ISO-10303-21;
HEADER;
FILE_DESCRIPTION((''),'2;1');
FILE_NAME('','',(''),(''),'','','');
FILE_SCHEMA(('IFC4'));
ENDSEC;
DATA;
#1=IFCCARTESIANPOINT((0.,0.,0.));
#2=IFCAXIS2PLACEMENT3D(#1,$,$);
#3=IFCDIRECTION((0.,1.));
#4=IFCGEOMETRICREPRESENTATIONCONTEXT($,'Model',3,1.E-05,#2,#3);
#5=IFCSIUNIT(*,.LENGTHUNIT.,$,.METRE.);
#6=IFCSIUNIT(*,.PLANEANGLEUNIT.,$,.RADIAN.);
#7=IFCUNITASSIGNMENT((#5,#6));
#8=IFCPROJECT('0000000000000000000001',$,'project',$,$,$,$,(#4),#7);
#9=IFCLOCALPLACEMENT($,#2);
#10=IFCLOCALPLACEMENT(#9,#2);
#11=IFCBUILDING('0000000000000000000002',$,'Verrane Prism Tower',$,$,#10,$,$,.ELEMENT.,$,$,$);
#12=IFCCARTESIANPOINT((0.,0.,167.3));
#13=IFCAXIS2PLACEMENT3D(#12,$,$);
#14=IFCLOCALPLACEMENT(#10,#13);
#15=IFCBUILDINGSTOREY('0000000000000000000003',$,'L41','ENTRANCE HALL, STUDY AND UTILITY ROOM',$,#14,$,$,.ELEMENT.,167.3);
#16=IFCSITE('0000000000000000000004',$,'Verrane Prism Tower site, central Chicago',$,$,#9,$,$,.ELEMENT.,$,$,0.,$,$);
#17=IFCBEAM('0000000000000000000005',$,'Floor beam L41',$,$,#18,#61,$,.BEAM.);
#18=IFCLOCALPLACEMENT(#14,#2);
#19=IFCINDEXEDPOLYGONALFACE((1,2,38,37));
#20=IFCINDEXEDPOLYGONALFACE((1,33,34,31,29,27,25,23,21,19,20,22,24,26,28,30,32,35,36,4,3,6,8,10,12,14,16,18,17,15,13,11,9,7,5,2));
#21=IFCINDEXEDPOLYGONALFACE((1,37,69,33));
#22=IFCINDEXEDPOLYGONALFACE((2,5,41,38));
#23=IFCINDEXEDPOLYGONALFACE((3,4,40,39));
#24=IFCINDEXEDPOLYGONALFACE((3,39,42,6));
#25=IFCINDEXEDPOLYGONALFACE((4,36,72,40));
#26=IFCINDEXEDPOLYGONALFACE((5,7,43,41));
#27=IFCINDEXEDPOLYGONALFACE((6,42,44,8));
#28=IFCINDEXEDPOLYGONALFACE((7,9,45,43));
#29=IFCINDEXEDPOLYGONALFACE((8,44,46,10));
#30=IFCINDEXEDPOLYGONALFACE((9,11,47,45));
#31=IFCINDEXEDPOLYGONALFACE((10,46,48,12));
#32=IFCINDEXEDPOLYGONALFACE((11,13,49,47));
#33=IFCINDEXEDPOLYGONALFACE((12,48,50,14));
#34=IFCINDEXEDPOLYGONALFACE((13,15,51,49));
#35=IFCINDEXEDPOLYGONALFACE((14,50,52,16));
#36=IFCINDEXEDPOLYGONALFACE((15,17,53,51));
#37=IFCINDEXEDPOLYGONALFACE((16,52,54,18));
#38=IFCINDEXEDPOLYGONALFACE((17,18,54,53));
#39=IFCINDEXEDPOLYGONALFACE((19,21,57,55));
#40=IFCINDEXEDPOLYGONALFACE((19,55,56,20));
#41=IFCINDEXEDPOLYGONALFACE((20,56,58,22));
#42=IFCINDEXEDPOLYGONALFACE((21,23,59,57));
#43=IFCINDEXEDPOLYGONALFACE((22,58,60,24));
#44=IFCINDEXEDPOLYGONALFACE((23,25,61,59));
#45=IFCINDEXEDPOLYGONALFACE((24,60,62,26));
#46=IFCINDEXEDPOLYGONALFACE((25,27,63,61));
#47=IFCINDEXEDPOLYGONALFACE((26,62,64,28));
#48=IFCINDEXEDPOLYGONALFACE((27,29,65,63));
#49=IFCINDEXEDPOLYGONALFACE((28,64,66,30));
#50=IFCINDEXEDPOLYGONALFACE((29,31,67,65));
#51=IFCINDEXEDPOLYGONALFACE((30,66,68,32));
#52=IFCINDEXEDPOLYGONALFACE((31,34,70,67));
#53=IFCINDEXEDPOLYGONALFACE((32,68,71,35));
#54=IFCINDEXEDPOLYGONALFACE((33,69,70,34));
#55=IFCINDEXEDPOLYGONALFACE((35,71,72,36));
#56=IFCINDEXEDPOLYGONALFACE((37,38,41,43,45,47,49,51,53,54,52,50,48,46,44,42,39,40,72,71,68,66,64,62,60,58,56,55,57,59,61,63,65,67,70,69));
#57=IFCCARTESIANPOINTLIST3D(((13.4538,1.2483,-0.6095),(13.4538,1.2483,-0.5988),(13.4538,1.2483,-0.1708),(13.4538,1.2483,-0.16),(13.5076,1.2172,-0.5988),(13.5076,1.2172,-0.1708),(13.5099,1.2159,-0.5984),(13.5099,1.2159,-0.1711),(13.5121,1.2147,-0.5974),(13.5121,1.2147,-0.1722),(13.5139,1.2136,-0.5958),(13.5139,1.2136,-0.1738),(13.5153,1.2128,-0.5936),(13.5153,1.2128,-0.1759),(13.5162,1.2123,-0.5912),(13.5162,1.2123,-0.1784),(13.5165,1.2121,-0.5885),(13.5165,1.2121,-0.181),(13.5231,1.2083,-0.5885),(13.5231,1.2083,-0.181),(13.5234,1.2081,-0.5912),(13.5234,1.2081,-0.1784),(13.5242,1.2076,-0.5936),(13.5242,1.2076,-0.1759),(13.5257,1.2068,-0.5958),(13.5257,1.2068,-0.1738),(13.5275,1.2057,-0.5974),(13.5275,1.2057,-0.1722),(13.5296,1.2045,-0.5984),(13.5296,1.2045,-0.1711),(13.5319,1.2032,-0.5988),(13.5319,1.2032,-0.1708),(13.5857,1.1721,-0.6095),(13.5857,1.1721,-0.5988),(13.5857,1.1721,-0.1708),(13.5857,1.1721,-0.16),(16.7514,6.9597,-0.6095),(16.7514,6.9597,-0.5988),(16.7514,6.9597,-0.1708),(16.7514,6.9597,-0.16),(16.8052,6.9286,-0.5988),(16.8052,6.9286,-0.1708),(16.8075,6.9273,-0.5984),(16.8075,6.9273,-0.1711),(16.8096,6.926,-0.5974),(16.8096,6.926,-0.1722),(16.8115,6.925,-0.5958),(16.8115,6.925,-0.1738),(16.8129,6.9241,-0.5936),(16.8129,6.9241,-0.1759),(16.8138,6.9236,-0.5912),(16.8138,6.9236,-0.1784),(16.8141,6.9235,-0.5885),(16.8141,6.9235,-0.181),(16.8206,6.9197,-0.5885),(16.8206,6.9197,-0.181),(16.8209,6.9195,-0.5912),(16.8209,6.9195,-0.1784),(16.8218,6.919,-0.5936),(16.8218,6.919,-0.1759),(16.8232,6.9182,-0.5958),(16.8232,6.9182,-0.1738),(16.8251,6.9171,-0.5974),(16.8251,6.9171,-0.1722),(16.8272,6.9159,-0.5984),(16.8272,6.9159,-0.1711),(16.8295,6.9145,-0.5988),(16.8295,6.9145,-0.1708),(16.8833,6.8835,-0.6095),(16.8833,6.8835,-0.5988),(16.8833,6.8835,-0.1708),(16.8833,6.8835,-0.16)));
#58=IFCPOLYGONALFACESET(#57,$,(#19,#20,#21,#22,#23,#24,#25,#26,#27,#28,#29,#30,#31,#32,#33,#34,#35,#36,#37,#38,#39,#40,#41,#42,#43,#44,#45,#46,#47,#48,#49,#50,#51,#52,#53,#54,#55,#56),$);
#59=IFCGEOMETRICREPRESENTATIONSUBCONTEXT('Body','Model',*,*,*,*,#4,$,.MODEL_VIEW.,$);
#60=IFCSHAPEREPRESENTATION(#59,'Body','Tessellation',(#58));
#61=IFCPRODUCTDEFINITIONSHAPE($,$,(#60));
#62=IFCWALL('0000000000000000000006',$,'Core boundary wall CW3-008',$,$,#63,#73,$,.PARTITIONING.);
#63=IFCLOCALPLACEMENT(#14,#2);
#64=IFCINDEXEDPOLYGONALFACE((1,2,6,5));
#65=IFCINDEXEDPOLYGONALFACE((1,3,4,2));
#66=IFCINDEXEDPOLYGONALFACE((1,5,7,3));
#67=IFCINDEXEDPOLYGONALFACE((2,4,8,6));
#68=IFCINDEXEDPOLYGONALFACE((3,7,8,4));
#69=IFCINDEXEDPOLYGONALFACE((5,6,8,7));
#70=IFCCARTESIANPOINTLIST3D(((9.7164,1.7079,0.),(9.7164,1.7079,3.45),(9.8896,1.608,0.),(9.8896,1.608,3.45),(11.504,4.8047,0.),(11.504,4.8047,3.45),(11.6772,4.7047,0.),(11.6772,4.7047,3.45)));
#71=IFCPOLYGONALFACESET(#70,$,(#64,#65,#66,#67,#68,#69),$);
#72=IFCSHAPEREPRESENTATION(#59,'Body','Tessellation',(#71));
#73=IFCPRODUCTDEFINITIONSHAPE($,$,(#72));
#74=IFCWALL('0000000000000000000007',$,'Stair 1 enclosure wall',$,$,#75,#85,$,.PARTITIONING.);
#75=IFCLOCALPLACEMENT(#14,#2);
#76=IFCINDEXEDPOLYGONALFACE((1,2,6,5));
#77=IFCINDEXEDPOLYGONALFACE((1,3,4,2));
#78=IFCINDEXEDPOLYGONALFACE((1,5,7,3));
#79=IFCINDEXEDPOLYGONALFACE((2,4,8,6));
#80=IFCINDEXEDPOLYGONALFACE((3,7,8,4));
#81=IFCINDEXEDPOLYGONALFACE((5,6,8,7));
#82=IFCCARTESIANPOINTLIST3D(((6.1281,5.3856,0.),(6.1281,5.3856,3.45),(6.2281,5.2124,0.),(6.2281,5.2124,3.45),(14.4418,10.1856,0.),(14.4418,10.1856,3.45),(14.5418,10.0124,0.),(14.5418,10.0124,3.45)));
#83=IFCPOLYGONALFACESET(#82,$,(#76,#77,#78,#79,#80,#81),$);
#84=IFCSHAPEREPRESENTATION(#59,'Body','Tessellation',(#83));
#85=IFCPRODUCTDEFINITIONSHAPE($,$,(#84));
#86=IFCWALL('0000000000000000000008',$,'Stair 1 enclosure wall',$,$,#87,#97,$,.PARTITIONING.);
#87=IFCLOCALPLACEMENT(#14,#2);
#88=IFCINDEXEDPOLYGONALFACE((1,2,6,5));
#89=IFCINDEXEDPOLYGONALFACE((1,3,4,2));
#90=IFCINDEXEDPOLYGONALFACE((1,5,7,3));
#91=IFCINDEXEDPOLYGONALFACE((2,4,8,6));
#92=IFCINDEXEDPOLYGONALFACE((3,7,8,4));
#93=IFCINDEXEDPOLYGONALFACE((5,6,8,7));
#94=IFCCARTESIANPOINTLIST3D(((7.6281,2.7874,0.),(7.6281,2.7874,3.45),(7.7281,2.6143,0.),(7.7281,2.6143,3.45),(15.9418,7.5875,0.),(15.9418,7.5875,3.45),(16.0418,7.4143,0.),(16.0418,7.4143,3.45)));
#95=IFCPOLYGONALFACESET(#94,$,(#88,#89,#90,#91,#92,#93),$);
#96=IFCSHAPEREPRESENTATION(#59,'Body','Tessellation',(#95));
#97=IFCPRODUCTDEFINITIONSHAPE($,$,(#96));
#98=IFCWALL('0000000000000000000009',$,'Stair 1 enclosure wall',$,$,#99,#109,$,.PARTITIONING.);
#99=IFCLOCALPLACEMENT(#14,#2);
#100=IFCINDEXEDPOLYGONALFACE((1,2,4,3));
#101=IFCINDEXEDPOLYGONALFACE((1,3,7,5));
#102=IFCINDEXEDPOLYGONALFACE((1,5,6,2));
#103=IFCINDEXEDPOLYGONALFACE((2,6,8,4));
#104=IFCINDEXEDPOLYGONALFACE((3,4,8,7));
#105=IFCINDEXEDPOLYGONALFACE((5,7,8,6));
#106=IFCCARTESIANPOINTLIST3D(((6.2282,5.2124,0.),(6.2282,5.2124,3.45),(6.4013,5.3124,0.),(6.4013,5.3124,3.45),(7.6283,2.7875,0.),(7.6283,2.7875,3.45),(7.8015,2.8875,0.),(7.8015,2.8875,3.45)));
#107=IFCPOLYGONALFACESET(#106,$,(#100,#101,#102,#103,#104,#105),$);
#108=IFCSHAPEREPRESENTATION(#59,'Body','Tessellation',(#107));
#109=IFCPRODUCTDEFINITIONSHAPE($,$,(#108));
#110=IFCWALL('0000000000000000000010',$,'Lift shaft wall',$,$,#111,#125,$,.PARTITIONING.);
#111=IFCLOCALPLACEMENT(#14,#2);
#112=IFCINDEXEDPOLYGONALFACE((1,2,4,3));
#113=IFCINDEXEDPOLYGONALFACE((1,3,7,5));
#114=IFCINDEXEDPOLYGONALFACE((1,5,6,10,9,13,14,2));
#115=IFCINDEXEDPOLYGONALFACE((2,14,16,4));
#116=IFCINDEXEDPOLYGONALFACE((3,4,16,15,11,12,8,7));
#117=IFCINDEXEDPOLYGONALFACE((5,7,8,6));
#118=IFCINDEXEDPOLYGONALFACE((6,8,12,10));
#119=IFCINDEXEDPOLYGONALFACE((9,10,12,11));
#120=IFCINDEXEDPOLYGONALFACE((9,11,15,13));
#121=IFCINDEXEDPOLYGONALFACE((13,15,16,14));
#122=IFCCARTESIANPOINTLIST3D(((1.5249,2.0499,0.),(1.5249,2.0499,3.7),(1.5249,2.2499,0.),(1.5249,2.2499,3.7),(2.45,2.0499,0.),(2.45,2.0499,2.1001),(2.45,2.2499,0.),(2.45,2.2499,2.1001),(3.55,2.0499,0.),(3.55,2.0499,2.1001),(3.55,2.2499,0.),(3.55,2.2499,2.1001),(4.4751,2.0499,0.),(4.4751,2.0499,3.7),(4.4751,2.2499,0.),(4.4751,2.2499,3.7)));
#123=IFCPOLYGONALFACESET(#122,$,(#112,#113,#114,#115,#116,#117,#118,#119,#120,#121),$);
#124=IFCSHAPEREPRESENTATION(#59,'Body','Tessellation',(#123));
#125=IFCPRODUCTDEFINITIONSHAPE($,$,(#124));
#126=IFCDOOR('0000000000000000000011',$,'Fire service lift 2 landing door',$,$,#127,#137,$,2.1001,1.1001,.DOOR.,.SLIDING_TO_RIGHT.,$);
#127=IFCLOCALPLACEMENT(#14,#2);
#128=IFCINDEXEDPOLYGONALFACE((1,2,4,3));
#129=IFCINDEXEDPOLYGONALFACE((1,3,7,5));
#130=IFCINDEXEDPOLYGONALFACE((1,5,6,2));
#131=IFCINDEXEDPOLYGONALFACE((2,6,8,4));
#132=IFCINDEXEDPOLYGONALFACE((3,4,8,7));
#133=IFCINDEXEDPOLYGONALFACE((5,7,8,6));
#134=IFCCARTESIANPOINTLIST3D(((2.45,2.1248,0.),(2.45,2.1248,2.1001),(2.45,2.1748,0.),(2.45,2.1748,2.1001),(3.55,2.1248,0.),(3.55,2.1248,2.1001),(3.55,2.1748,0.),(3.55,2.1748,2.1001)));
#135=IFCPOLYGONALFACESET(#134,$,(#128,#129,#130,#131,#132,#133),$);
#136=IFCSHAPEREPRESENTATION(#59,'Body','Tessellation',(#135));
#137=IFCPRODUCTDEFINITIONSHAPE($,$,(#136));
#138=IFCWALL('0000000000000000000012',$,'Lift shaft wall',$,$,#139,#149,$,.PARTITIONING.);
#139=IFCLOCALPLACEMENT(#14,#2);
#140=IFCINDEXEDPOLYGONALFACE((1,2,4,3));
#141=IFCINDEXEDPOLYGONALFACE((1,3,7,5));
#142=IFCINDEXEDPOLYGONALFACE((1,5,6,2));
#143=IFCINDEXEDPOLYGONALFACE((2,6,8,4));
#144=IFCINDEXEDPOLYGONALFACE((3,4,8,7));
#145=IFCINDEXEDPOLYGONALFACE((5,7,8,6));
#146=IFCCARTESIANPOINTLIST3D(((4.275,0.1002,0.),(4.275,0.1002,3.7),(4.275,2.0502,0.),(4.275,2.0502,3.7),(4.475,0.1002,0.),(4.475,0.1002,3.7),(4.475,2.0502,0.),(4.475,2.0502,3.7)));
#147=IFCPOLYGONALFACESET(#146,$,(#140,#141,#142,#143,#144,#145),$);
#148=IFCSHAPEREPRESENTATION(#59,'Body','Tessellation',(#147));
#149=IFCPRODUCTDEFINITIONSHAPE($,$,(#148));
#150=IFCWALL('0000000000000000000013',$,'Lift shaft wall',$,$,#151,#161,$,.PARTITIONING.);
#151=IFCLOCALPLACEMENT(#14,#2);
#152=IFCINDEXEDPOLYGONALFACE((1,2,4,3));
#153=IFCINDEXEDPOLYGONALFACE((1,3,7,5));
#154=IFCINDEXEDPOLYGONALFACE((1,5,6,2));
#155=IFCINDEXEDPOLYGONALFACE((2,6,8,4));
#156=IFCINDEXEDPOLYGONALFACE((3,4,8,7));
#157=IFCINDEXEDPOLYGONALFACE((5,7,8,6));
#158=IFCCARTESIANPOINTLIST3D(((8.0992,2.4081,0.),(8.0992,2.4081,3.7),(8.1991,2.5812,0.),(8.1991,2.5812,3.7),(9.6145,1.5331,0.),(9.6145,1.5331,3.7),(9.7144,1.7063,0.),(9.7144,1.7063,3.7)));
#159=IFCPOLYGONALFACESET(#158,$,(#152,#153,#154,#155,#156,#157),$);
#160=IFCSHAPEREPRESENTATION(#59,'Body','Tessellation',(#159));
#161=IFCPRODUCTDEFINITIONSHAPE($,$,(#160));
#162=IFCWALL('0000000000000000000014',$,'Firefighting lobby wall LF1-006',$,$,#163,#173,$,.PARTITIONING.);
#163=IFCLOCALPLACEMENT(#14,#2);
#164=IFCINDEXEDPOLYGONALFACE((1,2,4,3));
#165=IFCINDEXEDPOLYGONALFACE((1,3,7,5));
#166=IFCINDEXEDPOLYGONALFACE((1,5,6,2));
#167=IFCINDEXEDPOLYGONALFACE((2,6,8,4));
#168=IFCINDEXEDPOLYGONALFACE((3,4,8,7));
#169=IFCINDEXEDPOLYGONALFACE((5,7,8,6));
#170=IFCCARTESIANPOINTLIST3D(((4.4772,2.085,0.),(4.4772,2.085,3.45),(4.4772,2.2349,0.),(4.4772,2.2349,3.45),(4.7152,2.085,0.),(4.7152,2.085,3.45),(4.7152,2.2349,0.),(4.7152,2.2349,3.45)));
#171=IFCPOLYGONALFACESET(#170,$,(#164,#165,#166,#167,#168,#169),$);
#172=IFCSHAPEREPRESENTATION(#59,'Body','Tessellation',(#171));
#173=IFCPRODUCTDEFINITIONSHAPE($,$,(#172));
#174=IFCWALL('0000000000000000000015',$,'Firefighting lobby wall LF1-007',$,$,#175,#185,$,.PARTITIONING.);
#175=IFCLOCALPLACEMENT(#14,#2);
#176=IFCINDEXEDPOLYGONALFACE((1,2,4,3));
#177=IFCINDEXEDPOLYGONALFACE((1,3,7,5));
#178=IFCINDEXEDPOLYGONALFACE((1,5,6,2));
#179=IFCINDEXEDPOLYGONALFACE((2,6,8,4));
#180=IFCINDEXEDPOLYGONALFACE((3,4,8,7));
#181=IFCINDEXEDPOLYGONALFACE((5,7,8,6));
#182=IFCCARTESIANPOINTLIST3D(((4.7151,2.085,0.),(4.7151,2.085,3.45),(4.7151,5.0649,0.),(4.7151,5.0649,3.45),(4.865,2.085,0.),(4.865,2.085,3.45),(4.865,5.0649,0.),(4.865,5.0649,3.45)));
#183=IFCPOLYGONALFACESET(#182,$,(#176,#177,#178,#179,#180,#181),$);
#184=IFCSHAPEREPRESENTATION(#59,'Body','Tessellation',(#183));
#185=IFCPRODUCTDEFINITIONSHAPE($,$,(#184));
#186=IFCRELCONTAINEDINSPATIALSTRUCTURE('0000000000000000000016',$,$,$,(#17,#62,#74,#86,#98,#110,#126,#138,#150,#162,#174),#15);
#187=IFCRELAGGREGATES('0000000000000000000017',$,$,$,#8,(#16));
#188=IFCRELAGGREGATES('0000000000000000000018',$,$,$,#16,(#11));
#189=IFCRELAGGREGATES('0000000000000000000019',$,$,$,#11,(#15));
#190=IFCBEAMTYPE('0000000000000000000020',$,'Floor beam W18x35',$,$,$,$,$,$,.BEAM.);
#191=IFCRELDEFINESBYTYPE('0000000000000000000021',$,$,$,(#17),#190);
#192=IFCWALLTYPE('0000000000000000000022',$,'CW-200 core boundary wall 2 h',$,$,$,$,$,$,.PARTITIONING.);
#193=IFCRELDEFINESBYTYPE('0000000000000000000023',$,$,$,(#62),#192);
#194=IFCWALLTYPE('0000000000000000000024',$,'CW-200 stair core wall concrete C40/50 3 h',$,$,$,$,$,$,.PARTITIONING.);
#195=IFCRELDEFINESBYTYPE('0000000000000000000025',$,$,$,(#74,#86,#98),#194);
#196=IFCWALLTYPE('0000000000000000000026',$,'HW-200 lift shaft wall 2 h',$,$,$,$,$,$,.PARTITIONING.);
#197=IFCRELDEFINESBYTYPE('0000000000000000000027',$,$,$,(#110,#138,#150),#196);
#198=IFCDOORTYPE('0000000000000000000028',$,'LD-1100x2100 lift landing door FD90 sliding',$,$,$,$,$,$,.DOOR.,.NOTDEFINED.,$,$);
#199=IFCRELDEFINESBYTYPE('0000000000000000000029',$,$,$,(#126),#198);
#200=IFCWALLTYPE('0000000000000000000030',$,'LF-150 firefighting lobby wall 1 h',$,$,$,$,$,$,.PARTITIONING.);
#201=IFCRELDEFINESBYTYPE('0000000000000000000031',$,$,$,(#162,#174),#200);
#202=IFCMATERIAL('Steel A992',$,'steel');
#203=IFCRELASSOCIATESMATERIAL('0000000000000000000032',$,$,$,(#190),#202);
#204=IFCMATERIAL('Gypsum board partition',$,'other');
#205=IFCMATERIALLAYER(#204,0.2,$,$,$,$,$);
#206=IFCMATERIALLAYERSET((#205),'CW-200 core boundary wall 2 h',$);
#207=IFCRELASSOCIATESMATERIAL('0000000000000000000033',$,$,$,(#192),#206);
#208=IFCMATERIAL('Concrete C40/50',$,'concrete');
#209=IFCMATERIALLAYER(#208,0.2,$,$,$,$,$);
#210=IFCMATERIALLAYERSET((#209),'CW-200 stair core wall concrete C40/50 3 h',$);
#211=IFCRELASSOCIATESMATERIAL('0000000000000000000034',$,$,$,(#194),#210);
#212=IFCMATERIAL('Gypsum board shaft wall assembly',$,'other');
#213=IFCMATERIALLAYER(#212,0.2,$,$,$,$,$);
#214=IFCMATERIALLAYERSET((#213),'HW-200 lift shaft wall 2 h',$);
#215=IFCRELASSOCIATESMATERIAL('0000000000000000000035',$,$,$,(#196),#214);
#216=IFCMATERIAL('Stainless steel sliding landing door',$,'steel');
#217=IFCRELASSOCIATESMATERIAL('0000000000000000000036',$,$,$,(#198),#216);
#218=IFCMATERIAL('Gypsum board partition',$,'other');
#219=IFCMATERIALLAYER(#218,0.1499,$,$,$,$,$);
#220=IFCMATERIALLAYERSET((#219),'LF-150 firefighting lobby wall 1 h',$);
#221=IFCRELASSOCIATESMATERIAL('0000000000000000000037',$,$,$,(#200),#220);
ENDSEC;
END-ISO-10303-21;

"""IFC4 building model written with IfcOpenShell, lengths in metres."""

from ifc_helpers import new_model, si_unit, direction, frame, frame_2d, origin, origin_2d, place, context, subcontext, project, spatial, rectangle, i_section, extrude, material, layer, layer_set, material_profile, profile_set, type_object, element, fill, save


model = new_model("IFC4")

# Units and contexts
model_context = context("Model", 3, precision=1e-05, world=origin(), true_north=direction((0.0, 1.0)))
body_context = subcontext(model_context, "Body", "Model", "MODEL_VIEW")
ifc_project = project(units=[si_unit("LENGTHUNIT", "METRE"), si_unit("PLANEANGLEUNIT", "RADIAN")], contexts=[model_context])

# Site, building, storey
site_placement = place(None, origin())
site = spatial("IfcSite", under=ifc_project, at=site_placement, Name="Verrane Prism Tower site, central Chicago", CompositionType="ELEMENT", RefElevation=0.0)
building_placement = place(site_placement, origin())
building = spatial("IfcBuilding", under=site, at=building_placement, Name="Verrane Prism Tower", CompositionType="ELEMENT")
storey_placement = place(building_placement, frame((0.0, 0.0, 167.3)))
storey = spatial("IfcBuildingStorey", under=building, at=storey_placement, Name="L41", Description="ENTRANCE HALL, STUDY AND UTILITY ROOM", CompositionType="ELEMENT", Elevation=167.3)

# Beam
ifc_material_1 = material(Name="Steel A992", Category="steel")
ifc_material_profile_1 = material_profile(ifc_material_1, i_section(OverallWidth=0.1523, OverallDepth=0.4495, WebThickness=0.0076, FlangeThickness=0.0107, FilletRadius=0.0103, at=origin_2d()), Name="W18x35")
ifc_profile_set_1 = profile_set([ifc_material_profile_1], Name="Steel A992")
beam_type_1 = type_object("IfcBeamType", Name="Floor beam W18x35", PredefinedType="BEAM", material=ifc_profile_set_1)
beam_1_placement = place(storey_placement, frame((13.5198, 1.2102, -0.3848), z_axis=(0.500013, 0.866018, 0.0), x_axis=(-0.866018, 0.500013, 0.0)))
element("IfcBeam", 1, at=beam_1_placement, inside=storey, type_object=beam_type_1, Name="Floor beam L41", PredefinedType="BEAM", context=body_context, shape_type="SweptSolid", body=[
    extrude(i_section(OverallWidth=0.1523, OverallDepth=0.4495, WebThickness=0.0076, FlangeThickness=0.0107, FilletRadius=0.0103, at=origin_2d()), origin(), (0.0, 0.0, 1.0), 6.595),
])

# Walls
ifc_material_2 = material(Name="Gypsum board partition", Category="other")
ifc_layer_1 = layer(ifc_material_2, 0.2)
ifc_layer_set_1 = layer_set([ifc_layer_1], Name="CW-200 core boundary wall 2 h")
wall_type_1 = type_object("IfcWallType", Name="CW-200 core boundary wall 2 h", PredefinedType="PARTITIONING", material=ifc_layer_set_1)
wall_1_placement = place(storey_placement, frame((9.803, 1.658, 0.0), z_axis=(0.0, 0.0, 1.0), x_axis=(0.499943, 0.866058, 0.0)))
element("IfcWall", 2, at=wall_1_placement, inside=storey, type_object=wall_type_1, Name="Core boundary wall CW3-008", PredefinedType="PARTITIONING", context=body_context, shape_type="SweptSolid", body=[
    extrude(rectangle(XDim=3.5757, YDim=0.2, at=frame_2d((1.7878, 0.0))), origin(), (0.0, 0.0, 1.0), 3.45),
])
ifc_material_3 = material(Name="Concrete C40/50", Category="concrete")
ifc_layer_2 = layer(ifc_material_3, 0.2)
ifc_layer_set_2 = layer_set([ifc_layer_2], Name="CW-200 stair core wall concrete C40/50 3 h")
wall_type_2 = type_object("IfcWallType", Name="CW-200 stair core wall concrete C40/50 3 h", PredefinedType="PARTITIONING", material=ifc_layer_set_2)
for number, where, z_axis, x_axis, name in (
    (3, (6.1782, 5.2991, 0.0), (0.0, 0.0, 1.0), (0.86602, 0.500009, 0.0), "Stair 1 enclosure wall"),
    (4, (7.6782, 2.7009, 0.0), (0.0, 0.0, 1.0), (0.86602, 0.500009, 0.0), "Stair 1 enclosure wall"),
):
    element("IfcWall", number, at=place(storey_placement, frame(where, z_axis=z_axis, x_axis=x_axis)), inside=storey, type_object=wall_type_2, Name=name, PredefinedType="PARTITIONING", context=body_context, shape_type="SweptSolid", body=[
        extrude(rectangle(XDim=9.5999, YDim=0.2, at=frame_2d((4.7998, 0.0))), origin(), (0.0, 0.0, 1.0), 3.45),
    ])
wall_2_placement = place(storey_placement, frame((7.7148, 2.8376, 0.0), z_axis=(0.0, 0.0, 1.0), x_axis=(-0.50005, 0.865997, 0.0)))
element("IfcWall", 5, at=wall_2_placement, inside=storey, type_object=wall_type_2, Name="Stair 1 enclosure wall", PredefinedType="PARTITIONING", context=body_context, shape_type="SweptSolid", body=[
    extrude(rectangle(XDim=2.8, YDim=0.2, at=frame_2d((1.3999, 0.0))), origin(), (0.0, 0.0, 1.0), 3.45),
])

# Wall, opening, door
ifc_material_4 = material(Name="Gypsum board shaft wall assembly", Category="other")
ifc_layer_3 = layer(ifc_material_4, 0.2)
ifc_layer_set_3 = layer_set([ifc_layer_3], Name="HW-200 lift shaft wall 2 h")
wall_type_3 = type_object("IfcWallType", Name="HW-200 lift shaft wall 2 h", PredefinedType="PARTITIONING", material=ifc_layer_set_3)
wall_3_placement = place(storey_placement, frame((1.5249, 2.1499, 0.0), z_axis=(0.0, 0.0, 1.0), x_axis=(1.0, 0.0, 0.0)))
wall_3 = element("IfcWall", 6, at=wall_3_placement, inside=storey, type_object=wall_type_3, Name="Lift shaft wall", PredefinedType="PARTITIONING", context=body_context, shape_type="SweptSolid", body=[
    extrude(rectangle(XDim=2.9502, YDim=0.2, at=frame_2d((1.4751, 0.0))), origin(), (0.0, 0.0, 1.0), 3.7),
])
opening_1_placement = place(wall_3_placement, frame((0.925, 0.0, 0.0)))
opening_1 = element("IfcOpeningElement", 7, at=opening_1_placement, cuts=wall_3, PredefinedType="OPENING", context=body_context, shape_type="SweptSolid", body=[
    extrude(rectangle(XDim=1.1001, YDim=2.1001, at=frame_2d((0.55, 1.05))), frame((0.0, 0.1099, 0.0), z_axis=(0.0, -1.0, 0.0), x_axis=(1.0, 0.0, 0.0)), (0.0, 0.0, 1.0), 0.22),
])
ifc_material_5 = material(Name="Stainless steel sliding landing door", Category="steel")
door_type_1 = type_object("IfcDoorType", Name="LD-1100x2100 lift landing door FD90 sliding", OperationType="NOTDEFINED", PredefinedType="DOOR", material=ifc_material_5)
door_1_placement = place(opening_1_placement, origin())
door_1 = element("IfcDoor", 8, at=door_1_placement, inside=storey, type_object=door_type_1, Name="Fire service lift 2 landing door", OperationType="SLIDING_TO_RIGHT", OverallHeight=2.1001, OverallWidth=1.1001, PredefinedType="DOOR", context=body_context, shape_type="SweptSolid", body=[
    extrude(rectangle(XDim=1.1001, YDim=2.1001, at=frame_2d((0.55, 1.05))), frame((0.0, 0.0249, 0.0), z_axis=(0.0, -1.0, 0.0), x_axis=(1.0, 0.0, 0.0)), (0.0, 0.0, 1.0), 0.05),
])
fill(opening_1, door_1)

# Walls
wall_4_placement = place(storey_placement, frame((4.375, 0.1001, 0.0), z_axis=(0.0, 0.0, 1.0), x_axis=(0.0, 1.0, 0.0)))
element("IfcWall", 9, at=wall_4_placement, inside=storey, type_object=wall_type_3, Name="Lift shaft wall", PredefinedType="PARTITIONING", context=body_context, shape_type="SweptSolid", body=[
    extrude(rectangle(XDim=1.95, YDim=0.2, at=frame_2d((0.9751, 0.0))), origin(), (0.0, 0.0, 1.0), 3.7),
])
wall_5_placement = place(storey_placement, frame((9.6646, 1.6196, 0.0), z_axis=(0.0, 0.0, 1.0), x_axis=(-0.866002, 0.50004, 0.0)))
element("IfcWall", 10, at=wall_5_placement, inside=storey, type_object=wall_type_3, Name="Lift shaft wall", PredefinedType="PARTITIONING", context=body_context, shape_type="SweptSolid", body=[
    extrude(rectangle(XDim=1.7498, YDim=0.2, at=frame_2d((0.875, 0.0))), origin(), (0.0, 0.0, 1.0), 3.7),
])
ifc_material_6 = material(Name="Gypsum board partition", Category="other")
ifc_layer_4 = layer(ifc_material_6, 0.1499)
ifc_layer_set_4 = layer_set([ifc_layer_4], Name="LF-150 firefighting lobby wall 1 h")
wall_type_4 = type_object("IfcWallType", Name="LF-150 firefighting lobby wall 1 h", PredefinedType="PARTITIONING", material=ifc_layer_set_4)
wall_6_placement = place(storey_placement, frame((4.4771, 2.1599, 0.0), z_axis=(0.0, 0.0, 1.0), x_axis=(1.0, 0.0, 0.0)))
element("IfcWall", 11, at=wall_6_placement, inside=storey, type_object=wall_type_4, Name="Firefighting lobby wall LF1-006", PredefinedType="PARTITIONING", context=body_context, shape_type="SweptSolid", body=[
    extrude(rectangle(XDim=0.238, YDim=0.1499, at=frame_2d((0.1191, 0.0))), origin(), (0.0, 0.0, 1.0), 3.45),
])
wall_7_placement = place(storey_placement, frame((4.79, 2.085, 0.0), z_axis=(0.0, 0.0, 1.0), x_axis=(0.0, 1.0, 0.0)))
element("IfcWall", 12, at=wall_7_placement, inside=storey, type_object=wall_type_4, Name="Firefighting lobby wall LF1-007", PredefinedType="PARTITIONING", context=body_context, shape_type="SweptSolid", body=[
    extrude(rectangle(XDim=2.98, YDim=0.1499, at=frame_2d((1.49, 0.0))), origin(), (0.0, 0.0, 1.0), 3.45),
])

save(model, "model.ifc")
